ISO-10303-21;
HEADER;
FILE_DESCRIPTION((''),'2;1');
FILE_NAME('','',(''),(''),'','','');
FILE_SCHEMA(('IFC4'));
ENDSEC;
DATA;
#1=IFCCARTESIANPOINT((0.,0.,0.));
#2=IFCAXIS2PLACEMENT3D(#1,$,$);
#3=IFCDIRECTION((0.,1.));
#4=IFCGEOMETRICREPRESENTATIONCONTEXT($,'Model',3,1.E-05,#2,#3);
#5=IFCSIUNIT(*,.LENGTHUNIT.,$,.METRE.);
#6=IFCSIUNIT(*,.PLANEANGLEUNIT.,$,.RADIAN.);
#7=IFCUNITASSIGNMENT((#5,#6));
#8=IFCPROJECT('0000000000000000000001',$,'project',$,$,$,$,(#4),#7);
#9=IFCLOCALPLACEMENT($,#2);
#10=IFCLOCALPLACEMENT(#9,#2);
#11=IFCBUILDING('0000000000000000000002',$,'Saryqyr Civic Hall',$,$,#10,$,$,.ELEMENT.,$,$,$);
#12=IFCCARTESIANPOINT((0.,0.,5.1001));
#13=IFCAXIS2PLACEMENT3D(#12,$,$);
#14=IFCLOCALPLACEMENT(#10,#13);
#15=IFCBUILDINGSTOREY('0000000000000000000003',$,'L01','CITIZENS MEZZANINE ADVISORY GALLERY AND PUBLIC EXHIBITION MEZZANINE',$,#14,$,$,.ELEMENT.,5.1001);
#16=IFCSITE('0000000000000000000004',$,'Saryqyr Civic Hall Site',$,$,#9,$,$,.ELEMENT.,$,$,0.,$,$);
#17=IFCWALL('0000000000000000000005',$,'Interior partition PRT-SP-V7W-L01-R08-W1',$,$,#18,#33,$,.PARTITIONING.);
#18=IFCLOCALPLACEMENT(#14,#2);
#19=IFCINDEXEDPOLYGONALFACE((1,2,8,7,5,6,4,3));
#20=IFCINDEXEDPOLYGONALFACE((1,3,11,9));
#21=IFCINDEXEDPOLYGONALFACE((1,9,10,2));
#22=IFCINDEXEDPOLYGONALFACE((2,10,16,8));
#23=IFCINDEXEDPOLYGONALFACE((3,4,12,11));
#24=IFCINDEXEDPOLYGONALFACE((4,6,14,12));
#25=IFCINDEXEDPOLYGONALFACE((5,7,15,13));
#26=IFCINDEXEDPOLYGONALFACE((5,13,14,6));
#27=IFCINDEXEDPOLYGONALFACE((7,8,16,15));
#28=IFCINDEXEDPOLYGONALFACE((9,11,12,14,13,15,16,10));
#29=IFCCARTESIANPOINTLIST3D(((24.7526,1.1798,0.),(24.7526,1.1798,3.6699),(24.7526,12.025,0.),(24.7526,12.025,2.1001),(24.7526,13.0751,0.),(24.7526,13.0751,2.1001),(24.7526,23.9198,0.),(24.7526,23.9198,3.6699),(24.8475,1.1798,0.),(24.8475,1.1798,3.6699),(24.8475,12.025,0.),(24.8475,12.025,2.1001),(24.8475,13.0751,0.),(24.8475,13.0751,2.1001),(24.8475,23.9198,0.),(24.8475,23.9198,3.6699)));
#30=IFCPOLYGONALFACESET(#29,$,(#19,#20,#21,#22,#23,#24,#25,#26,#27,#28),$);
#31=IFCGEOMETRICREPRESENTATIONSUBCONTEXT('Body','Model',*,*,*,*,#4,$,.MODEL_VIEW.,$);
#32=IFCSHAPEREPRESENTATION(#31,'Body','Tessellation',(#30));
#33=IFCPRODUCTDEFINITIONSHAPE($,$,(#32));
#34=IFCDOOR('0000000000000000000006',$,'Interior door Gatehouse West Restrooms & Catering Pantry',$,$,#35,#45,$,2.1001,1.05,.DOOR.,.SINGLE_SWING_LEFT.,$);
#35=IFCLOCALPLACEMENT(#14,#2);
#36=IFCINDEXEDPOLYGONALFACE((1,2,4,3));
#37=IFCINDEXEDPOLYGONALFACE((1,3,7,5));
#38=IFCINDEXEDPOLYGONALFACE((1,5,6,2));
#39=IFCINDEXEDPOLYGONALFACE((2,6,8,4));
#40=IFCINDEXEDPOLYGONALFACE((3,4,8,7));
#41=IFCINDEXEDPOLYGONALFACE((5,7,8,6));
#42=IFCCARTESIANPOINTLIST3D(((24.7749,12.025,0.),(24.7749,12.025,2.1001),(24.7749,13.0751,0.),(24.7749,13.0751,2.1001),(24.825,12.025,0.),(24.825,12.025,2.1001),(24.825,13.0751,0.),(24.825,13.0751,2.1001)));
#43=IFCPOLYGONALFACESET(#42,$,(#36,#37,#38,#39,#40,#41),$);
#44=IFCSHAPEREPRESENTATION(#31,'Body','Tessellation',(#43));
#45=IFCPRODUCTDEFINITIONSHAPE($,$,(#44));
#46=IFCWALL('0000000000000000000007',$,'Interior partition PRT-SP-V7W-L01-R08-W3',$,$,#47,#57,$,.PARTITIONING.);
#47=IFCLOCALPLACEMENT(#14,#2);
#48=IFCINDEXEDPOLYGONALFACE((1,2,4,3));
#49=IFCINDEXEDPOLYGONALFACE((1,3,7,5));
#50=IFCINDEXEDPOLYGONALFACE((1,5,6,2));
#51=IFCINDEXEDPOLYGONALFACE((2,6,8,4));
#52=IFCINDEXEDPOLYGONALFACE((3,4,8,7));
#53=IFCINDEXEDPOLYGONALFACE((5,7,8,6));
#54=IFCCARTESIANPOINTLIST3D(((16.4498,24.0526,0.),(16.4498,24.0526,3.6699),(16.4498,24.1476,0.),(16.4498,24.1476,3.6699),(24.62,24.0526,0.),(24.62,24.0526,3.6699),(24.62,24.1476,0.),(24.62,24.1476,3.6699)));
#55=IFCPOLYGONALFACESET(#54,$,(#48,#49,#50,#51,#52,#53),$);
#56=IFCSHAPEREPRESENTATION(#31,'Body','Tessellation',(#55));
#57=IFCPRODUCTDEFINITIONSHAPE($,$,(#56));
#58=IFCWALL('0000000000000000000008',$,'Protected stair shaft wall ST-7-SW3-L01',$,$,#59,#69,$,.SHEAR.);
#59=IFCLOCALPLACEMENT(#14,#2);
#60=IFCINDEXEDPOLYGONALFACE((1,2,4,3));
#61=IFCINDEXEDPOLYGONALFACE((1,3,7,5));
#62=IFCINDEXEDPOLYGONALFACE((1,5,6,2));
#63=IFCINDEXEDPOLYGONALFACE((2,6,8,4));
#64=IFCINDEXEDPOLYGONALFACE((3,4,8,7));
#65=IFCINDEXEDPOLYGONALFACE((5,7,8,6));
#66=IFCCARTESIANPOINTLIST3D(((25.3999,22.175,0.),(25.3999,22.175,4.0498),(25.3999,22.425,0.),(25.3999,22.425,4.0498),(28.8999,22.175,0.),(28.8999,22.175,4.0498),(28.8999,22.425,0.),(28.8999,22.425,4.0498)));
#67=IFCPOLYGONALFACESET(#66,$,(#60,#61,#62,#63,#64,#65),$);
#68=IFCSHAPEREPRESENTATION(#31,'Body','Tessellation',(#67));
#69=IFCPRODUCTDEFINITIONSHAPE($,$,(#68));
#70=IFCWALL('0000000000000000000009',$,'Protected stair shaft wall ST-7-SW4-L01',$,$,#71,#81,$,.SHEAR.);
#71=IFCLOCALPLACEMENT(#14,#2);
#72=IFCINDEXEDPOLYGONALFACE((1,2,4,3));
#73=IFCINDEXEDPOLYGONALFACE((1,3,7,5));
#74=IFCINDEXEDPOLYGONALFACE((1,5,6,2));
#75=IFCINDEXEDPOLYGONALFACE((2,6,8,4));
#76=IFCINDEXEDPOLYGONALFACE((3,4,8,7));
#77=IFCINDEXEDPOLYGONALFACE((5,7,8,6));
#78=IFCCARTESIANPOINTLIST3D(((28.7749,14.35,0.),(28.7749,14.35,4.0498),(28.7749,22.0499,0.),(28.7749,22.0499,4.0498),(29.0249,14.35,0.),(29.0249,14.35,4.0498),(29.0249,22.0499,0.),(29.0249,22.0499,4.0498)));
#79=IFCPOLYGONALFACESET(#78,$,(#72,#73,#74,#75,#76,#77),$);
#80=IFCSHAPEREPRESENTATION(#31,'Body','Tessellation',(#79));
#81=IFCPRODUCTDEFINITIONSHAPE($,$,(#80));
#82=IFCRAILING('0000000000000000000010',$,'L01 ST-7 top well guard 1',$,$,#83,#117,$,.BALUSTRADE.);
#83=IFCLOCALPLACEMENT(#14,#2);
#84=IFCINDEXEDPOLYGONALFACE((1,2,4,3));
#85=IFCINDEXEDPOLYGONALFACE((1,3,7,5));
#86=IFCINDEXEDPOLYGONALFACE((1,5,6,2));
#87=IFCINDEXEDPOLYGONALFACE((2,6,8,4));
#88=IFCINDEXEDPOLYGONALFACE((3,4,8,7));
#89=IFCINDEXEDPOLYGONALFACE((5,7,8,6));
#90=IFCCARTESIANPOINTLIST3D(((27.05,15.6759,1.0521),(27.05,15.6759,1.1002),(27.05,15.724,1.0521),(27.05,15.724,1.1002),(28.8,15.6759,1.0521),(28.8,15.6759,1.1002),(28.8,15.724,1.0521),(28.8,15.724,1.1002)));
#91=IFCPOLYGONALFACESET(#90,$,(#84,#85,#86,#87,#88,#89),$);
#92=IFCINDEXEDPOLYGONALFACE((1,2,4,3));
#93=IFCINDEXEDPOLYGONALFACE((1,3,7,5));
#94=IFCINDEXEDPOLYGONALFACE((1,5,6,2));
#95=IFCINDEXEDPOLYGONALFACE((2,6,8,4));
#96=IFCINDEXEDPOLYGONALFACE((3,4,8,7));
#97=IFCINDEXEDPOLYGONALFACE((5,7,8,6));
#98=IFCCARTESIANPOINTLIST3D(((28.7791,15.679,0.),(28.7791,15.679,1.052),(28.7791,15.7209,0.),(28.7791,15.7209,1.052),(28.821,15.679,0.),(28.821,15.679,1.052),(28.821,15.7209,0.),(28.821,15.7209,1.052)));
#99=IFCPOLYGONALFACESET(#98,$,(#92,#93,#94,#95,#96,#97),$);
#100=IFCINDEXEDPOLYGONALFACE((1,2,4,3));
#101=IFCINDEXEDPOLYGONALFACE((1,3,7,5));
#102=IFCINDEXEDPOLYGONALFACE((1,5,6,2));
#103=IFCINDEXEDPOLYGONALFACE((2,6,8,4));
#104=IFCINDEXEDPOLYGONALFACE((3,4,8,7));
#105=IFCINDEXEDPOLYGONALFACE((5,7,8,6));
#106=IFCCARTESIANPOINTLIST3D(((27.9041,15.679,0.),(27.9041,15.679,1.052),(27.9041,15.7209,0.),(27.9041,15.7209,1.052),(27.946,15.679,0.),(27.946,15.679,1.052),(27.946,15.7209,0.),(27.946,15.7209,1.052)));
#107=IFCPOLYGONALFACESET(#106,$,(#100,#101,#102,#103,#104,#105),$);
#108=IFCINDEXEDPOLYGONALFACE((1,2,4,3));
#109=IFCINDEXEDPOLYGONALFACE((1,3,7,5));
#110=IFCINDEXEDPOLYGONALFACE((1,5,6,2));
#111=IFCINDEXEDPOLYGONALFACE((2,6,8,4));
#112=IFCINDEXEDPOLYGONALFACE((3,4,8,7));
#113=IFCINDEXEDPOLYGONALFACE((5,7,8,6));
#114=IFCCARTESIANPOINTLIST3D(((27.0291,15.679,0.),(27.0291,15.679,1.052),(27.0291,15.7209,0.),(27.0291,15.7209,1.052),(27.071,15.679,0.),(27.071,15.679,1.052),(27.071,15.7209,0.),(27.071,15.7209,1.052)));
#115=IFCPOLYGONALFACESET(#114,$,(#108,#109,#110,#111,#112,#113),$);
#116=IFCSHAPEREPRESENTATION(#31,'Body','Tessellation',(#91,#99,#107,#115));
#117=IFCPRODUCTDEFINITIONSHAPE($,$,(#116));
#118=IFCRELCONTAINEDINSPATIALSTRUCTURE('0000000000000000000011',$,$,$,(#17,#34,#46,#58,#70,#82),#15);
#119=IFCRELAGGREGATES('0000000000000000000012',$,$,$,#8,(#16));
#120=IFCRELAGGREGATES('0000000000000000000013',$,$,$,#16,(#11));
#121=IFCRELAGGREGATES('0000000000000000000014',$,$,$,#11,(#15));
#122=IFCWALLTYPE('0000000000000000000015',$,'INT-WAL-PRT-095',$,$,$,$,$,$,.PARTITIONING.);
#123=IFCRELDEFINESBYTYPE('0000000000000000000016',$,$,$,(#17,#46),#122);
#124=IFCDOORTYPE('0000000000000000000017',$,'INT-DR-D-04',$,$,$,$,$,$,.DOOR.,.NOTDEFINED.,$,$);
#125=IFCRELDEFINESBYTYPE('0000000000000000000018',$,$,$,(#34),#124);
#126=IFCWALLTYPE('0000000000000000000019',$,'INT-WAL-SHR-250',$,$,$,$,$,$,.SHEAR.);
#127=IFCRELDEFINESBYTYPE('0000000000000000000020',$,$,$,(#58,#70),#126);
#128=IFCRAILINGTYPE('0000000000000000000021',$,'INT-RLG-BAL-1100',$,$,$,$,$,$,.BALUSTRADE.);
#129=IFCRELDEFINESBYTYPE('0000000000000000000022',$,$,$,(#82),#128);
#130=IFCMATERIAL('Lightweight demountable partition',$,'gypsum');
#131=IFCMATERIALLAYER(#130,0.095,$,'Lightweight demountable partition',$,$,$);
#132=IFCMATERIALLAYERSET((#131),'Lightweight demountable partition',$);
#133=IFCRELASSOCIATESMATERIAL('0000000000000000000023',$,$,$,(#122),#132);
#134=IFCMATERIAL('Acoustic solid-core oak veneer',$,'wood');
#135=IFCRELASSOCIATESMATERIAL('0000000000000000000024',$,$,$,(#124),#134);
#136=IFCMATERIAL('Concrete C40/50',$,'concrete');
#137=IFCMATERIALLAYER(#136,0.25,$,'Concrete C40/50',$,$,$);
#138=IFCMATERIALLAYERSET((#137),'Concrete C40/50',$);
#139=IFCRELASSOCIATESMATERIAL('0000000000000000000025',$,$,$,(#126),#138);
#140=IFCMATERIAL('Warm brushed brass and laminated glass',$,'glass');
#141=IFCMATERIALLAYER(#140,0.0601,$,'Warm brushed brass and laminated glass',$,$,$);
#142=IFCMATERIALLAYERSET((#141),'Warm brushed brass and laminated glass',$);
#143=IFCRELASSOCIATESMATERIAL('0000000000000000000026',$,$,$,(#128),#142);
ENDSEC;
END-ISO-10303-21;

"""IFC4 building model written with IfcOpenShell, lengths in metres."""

from ifc_helpers import new_model, si_unit, direction, frame, frame_2d, origin, origin_2d, place, context, subcontext, project, spatial, rectangle, extrude, material, layer, layer_set, type_object, element, fill, save


model = new_model("IFC4")

# Units and contexts
model_context = context("Model", 3, precision=1e-05, world=origin(), true_north=direction((0.0, 1.0)))
body_context = subcontext(model_context, "Body", "Model", "MODEL_VIEW")
ifc_project = project(units=[si_unit("LENGTHUNIT", "METRE"), si_unit("PLANEANGLEUNIT", "RADIAN")], contexts=[model_context])

# Site, building, storey
site_placement = place(None, origin())
site = spatial("IfcSite", under=ifc_project, at=site_placement, Name="Saryqyr Civic Hall Site", CompositionType="ELEMENT", RefElevation=0.0)
building_placement = place(site_placement, origin())
building = spatial("IfcBuilding", under=site, at=building_placement, Name="Saryqyr Civic Hall", CompositionType="ELEMENT")
storey_placement = place(building_placement, frame((0.0, 0.0, 5.1001)))
storey = spatial("IfcBuildingStorey", under=building, at=storey_placement, Name="L01", Description="CITIZENS MEZZANINE ADVISORY GALLERY AND PUBLIC EXHIBITION MEZZANINE", CompositionType="ELEMENT", Elevation=5.1001)

# Shared definitions
ifc_material_1 = material(Name="Concrete C40/50", Category="concrete")

# Wall, opening, door
ifc_material_2 = material(Name="Lightweight demountable partition", Category="gypsum")
ifc_layer_1 = layer(ifc_material_2, 0.095, Name="Lightweight demountable partition")
ifc_layer_set_1 = layer_set([ifc_layer_1], Name="Lightweight demountable partition")
wall_type_1 = type_object("IfcWallType", Name="INT-WAL-PRT-095", PredefinedType="PARTITIONING", material=ifc_layer_set_1)
wall_1_placement = place(storey_placement, frame((24.8, 23.9199, 0.0), z_axis=(0.0, 0.0, 1.0), x_axis=(0.0, -1.0, 0.0)))
wall_1 = element("IfcWall", 1, at=wall_1_placement, inside=storey, type_object=wall_type_1, Name="Interior partition PRT-SP-V7W-L01-R08-W1", PredefinedType="PARTITIONING", context=body_context, shape_type="SweptSolid", body=[
    extrude(rectangle(XDim=22.74, YDim=0.095, at=frame_2d((11.3701, 0.0))), origin(), (0.0, 0.0, 1.0), 3.6699),
])
opening_placement = place(wall_1_placement, frame((10.845, 0.0, 0.0)))
opening = element("IfcOpeningElement", 2, at=opening_placement, cuts=wall_1, PredefinedType="OPENING", context=body_context, shape_type="SweptSolid", body=[
    extrude(rectangle(XDim=1.05, YDim=2.1001, at=frame_2d((0.5249, 1.05))), frame((0.0, 0.0574, 0.0), z_axis=(0.0, -1.0, 0.0), x_axis=(1.0, 0.0, 0.0)), (0.0, 0.0, 1.0), 0.115),
])
ifc_material_3 = material(Name="Acoustic solid-core oak veneer", Category="wood")
door_type = type_object("IfcDoorType", Name="INT-DR-D-04", OperationType="NOTDEFINED", PredefinedType="DOOR", material=ifc_material_3)
door_placement = place(opening_placement, origin())
door = element("IfcDoor", 3, at=door_placement, inside=storey, type_object=door_type, Name="Interior door Gatehouse West Restrooms & Catering Pantry", OperationType="SINGLE_SWING_LEFT", OverallHeight=2.1001, OverallWidth=1.05, PredefinedType="DOOR", context=body_context, shape_type="SweptSolid", body=[
    extrude(rectangle(XDim=1.05, YDim=2.1001, at=frame_2d((0.5249, 1.05))), frame((0.0, 0.0249, 0.0), z_axis=(0.0, -1.0, 0.0), x_axis=(1.0, 0.0, 0.0)), (0.0, 0.0, 1.0), 0.05),
])
fill(opening, door)

# Walls
wall_2_placement = place(storey_placement, frame((16.45, 24.1001, 0.0), z_axis=(0.0, 0.0, 1.0), x_axis=(1.0, 0.0, 0.0)))
element("IfcWall", 4, at=wall_2_placement, inside=storey, type_object=wall_type_1, Name="Interior partition PRT-SP-V7W-L01-R08-W3", PredefinedType="PARTITIONING", context=body_context, shape_type="SweptSolid", body=[
    extrude(rectangle(XDim=8.1702, YDim=0.095, at=frame_2d((4.085, 0.0))), origin(), (0.0, 0.0, 1.0), 3.6699),
])
ifc_layer_2 = layer(ifc_material_1, 0.25, Name="Concrete C40/50")
ifc_layer_set_2 = layer_set([ifc_layer_2], Name="Concrete C40/50")
wall_type_2 = type_object("IfcWallType", Name="INT-WAL-SHR-250", PredefinedType="SHEAR", material=ifc_layer_set_2)
wall_3_placement = place(storey_placement, frame((25.3999, 22.3, 0.0), z_axis=(0.0, 0.0, 1.0), x_axis=(1.0, 0.0, 0.0)))
element("IfcWall", 5, at=wall_3_placement, inside=storey, type_object=wall_type_2, Name="Protected stair shaft wall ST-7-SW3-L01", PredefinedType="SHEAR", context=body_context, shape_type="SweptSolid", body=[
    extrude(rectangle(XDim=3.5, YDim=0.25, at=frame_2d((1.75, 0.0))), origin(), (0.0, 0.0, 1.0), 4.0498),
])
wall_4_placement = place(storey_placement, frame((28.8999, 22.05, 0.0), z_axis=(0.0, 0.0, 1.0), x_axis=(0.0, -1.0, 0.0)))
element("IfcWall", 6, at=wall_4_placement, inside=storey, type_object=wall_type_2, Name="Protected stair shaft wall ST-7-SW4-L01", PredefinedType="SHEAR", context=body_context, shape_type="SweptSolid", body=[
    extrude(rectangle(XDim=7.7, YDim=0.25, at=frame_2d((3.8501, 0.0))), origin(), (0.0, 0.0, 1.0), 4.0498),
])

# Railing
ifc_material_4 = material(Name="Warm brushed brass and laminated glass", Category="glass")
ifc_layer_3 = layer(ifc_material_4, 0.0601, Name="Warm brushed brass and laminated glass")
ifc_layer_set_3 = layer_set([ifc_layer_3], Name="Warm brushed brass and laminated glass")
railing_type = type_object("IfcRailingType", Name="INT-RLG-BAL-1100", PredefinedType="BALUSTRADE", material=ifc_layer_set_3)
railing_placement = place(storey_placement, frame((28.8, 15.7, 0.0)))
element("IfcRailing", 7, at=railing_placement, inside=storey, type_object=railing_type, Name="L01 ST-7 top well guard 1", PredefinedType="BALUSTRADE", context=body_context, shape_type="SweptSolid", body=[
    extrude(rectangle(XDim=0.0481, YDim=0.0481, at=origin_2d()), frame((0.0, 0.0, 1.0762), z_axis=(-1.0, 0.0, 0.0), x_axis=(0.0, -1.0, 0.0)), (0.0, 0.0, 1.0), 1.75),
    extrude(rectangle(XDim=0.042, YDim=0.042, at=origin_2d()), origin(), (0.0, 0.0, 1.0), 1.052),
    extrude(rectangle(XDim=0.042, YDim=0.042, at=origin_2d()), frame((-0.875, 0.0, 0.0)), (0.0, 0.0, 1.0), 1.052),
    extrude(rectangle(XDim=0.042, YDim=0.042, at=origin_2d()), frame((-1.75, 0.0, 0.0)), (0.0, 0.0, 1.0), 1.052),
])

save(model, "model.ifc")
